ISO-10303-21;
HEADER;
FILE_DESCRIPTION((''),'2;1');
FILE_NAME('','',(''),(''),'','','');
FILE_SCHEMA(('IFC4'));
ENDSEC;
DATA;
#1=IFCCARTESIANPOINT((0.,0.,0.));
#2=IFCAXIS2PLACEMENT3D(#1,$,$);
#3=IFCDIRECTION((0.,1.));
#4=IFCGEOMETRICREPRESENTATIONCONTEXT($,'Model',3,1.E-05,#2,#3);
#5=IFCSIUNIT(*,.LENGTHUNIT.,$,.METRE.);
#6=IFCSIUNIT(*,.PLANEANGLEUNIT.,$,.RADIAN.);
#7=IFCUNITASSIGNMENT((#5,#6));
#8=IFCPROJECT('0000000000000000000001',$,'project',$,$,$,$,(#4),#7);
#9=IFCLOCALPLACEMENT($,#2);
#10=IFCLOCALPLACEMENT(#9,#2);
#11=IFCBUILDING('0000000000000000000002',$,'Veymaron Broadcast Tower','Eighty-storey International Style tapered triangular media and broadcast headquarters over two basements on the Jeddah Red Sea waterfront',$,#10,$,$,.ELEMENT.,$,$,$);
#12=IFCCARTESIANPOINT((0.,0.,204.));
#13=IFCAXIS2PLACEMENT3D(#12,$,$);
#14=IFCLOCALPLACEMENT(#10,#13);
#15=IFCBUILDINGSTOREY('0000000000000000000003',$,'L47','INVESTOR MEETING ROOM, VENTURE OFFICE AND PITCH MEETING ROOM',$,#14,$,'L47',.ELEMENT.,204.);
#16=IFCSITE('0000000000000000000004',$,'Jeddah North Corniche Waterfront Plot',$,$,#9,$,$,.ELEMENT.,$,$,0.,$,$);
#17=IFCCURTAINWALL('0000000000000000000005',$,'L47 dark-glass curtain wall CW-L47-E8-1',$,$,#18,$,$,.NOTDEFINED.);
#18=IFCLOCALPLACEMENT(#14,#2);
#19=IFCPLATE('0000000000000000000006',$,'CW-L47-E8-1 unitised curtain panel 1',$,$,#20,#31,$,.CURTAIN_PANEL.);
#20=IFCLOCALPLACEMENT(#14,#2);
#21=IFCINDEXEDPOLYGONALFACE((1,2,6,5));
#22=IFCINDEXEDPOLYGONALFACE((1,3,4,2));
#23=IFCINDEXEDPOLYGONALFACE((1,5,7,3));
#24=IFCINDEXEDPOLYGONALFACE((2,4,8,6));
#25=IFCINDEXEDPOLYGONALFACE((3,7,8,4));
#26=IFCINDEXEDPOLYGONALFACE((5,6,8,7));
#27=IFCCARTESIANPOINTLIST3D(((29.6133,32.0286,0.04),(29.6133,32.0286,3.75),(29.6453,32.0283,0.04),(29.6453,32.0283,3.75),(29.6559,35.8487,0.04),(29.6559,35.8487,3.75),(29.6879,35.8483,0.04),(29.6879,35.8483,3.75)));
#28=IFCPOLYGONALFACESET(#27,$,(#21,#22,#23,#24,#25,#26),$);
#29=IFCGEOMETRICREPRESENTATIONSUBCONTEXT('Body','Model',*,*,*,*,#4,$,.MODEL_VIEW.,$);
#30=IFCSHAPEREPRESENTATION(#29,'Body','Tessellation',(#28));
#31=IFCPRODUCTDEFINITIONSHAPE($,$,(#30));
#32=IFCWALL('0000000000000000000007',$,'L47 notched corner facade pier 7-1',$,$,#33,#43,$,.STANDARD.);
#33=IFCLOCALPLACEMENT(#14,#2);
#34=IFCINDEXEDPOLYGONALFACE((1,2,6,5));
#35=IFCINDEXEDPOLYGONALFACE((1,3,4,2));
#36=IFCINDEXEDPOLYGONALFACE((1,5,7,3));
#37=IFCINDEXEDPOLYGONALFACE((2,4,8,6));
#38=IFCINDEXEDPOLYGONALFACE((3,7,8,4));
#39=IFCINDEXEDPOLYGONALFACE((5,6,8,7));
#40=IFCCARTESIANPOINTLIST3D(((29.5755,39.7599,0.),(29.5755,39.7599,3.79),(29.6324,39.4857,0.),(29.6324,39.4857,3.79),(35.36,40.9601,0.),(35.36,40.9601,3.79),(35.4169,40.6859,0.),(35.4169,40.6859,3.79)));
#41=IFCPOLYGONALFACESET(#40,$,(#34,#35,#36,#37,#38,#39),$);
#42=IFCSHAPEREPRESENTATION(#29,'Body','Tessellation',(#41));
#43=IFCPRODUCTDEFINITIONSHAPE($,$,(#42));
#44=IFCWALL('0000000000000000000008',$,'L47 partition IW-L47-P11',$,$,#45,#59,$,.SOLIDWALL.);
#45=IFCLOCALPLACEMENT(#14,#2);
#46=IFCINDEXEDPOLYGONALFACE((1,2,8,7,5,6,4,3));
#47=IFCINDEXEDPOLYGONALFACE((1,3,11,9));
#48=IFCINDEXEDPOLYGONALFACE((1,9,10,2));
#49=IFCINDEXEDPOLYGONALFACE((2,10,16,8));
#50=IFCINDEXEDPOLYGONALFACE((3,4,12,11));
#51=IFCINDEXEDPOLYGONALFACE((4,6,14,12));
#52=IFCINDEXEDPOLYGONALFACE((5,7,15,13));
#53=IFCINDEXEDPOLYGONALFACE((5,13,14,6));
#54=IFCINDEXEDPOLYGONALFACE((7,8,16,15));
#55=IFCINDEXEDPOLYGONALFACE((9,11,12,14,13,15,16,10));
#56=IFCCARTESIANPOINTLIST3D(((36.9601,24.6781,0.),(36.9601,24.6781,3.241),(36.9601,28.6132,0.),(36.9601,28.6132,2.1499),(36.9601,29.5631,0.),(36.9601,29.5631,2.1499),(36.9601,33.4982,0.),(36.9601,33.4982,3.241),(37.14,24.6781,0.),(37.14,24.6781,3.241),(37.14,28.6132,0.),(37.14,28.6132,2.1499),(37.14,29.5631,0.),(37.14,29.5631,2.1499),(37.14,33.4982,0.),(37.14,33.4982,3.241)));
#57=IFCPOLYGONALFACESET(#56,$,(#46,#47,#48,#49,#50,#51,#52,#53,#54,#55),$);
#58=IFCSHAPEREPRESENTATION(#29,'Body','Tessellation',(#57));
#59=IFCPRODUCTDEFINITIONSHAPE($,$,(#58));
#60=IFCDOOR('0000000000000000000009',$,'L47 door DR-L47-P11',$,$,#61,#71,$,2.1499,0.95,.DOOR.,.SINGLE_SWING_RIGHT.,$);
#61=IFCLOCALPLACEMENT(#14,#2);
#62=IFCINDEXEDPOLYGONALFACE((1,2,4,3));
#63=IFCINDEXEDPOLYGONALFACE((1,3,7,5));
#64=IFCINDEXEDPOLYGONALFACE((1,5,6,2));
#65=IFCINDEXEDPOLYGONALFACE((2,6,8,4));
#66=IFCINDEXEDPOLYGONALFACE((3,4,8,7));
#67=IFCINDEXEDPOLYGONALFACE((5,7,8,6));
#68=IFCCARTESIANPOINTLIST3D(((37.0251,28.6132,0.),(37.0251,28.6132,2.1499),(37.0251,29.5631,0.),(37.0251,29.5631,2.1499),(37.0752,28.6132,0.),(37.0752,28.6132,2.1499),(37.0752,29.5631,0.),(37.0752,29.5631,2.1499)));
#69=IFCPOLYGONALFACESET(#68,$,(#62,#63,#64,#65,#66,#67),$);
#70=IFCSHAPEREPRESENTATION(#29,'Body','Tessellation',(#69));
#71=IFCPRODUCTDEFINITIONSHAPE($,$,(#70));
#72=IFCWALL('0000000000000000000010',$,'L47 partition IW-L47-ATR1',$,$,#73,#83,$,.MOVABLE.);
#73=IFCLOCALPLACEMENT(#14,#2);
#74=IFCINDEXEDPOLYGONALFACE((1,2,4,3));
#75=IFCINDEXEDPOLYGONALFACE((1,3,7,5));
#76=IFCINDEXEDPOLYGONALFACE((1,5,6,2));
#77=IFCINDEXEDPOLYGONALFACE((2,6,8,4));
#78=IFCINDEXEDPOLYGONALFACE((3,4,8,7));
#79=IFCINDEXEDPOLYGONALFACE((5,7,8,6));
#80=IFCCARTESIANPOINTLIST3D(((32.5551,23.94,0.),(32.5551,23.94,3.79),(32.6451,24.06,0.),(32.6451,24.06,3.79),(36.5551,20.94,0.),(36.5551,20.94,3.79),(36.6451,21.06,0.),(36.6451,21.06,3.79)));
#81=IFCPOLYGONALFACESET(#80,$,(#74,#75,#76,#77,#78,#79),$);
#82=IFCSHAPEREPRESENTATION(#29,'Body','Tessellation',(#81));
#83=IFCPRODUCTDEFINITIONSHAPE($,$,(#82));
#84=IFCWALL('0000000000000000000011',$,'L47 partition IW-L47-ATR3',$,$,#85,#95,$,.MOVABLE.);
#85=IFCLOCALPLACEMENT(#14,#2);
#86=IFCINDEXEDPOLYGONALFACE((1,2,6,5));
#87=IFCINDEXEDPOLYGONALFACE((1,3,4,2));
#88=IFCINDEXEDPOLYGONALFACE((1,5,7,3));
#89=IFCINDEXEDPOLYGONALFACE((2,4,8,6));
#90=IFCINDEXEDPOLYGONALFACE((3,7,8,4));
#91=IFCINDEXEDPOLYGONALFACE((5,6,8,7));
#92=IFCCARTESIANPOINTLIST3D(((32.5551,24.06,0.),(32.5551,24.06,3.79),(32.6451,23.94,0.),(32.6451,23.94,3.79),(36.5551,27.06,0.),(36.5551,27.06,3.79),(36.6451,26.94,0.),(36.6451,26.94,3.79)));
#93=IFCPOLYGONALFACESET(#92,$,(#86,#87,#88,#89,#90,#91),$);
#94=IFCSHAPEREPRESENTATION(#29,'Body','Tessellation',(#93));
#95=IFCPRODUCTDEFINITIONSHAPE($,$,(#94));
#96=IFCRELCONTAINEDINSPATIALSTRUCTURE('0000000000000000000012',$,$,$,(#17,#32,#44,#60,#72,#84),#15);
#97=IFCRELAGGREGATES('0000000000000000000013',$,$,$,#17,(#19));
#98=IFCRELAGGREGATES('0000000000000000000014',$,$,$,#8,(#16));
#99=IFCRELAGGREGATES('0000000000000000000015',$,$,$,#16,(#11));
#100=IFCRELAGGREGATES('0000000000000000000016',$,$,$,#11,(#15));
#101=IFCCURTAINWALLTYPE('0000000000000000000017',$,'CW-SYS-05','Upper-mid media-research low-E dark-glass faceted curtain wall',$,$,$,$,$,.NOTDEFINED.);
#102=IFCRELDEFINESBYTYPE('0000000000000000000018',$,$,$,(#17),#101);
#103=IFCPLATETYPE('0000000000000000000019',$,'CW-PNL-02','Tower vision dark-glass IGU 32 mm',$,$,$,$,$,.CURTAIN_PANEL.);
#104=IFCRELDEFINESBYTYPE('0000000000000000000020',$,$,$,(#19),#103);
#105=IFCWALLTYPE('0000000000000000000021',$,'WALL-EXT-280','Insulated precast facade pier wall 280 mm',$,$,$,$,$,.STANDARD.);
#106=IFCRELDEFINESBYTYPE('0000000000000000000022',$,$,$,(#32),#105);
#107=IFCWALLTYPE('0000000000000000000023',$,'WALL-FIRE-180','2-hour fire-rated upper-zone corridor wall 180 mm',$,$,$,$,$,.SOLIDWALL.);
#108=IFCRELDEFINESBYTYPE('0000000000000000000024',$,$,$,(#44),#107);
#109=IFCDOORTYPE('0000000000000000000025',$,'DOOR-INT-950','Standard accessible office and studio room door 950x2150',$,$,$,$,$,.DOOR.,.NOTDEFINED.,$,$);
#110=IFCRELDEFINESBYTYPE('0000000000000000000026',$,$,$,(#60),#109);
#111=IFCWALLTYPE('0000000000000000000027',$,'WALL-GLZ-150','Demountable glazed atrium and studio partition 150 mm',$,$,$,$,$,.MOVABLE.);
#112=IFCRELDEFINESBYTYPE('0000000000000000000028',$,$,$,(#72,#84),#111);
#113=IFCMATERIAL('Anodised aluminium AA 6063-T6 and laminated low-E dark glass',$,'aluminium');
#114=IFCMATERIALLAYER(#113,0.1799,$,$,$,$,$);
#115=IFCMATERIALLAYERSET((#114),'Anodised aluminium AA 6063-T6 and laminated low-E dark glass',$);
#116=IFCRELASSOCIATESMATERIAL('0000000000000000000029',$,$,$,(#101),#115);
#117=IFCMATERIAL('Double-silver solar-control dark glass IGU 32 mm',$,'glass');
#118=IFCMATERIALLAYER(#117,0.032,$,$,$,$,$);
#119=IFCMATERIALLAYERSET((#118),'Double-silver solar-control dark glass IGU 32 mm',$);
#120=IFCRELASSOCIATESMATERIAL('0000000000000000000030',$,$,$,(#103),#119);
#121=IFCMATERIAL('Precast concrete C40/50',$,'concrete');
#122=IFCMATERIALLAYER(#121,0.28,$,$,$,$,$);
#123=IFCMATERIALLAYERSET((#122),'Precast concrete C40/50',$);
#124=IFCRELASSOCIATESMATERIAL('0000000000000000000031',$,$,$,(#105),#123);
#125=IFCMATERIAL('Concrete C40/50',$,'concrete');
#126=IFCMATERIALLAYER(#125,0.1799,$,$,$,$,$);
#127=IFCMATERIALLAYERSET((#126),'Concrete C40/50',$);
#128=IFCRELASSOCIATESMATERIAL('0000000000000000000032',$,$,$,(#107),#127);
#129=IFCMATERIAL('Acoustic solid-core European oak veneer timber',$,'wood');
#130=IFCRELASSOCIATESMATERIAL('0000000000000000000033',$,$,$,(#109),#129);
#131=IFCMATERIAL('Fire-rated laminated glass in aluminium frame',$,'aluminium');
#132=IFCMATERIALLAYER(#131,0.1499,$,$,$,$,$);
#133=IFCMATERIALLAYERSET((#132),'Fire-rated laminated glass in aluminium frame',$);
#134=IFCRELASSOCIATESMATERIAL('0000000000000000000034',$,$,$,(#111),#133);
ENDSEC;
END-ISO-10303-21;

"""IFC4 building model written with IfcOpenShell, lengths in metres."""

from ifc_helpers import new_model, si_unit, direction, frame, frame_2d, origin, origin_2d, place, context, subcontext, project, spatial, rectangle, extrude, material, layer, layer_set, type_object, element, fill, aggregate, save


model = new_model("IFC4")

# Units and contexts
model_context = context("Model", 3, precision=1e-05, world=origin(), true_north=direction((0.0, 1.0)))
body_context = subcontext(model_context, "Body", "Model", "MODEL_VIEW")
ifc_project = project(units=[si_unit("LENGTHUNIT", "METRE"), si_unit("PLANEANGLEUNIT", "RADIAN")], contexts=[model_context])

# Site, building, storey
site_placement = place(None, origin())
site = spatial("IfcSite", under=ifc_project, at=site_placement, Name="Jeddah North Corniche Waterfront Plot", CompositionType="ELEMENT", RefElevation=0.0)
building_placement = place(site_placement, origin())
building = spatial("IfcBuilding", under=site, at=building_placement, Name="Veymaron Broadcast Tower", Description="Eighty-storey International Style tapered triangular media and broadcast headquarters over two basements on the Jeddah Red Sea waterfront", CompositionType="ELEMENT")
storey_placement = place(building_placement, frame((0.0, 0.0, 204.0)))
storey = spatial("IfcBuildingStorey", under=building, at=storey_placement, Name="L47", Description="INVESTOR MEETING ROOM, VENTURE OFFICE AND PITCH MEETING ROOM", LongName="L47", CompositionType="ELEMENT", Elevation=204.0)

# Curtain wall, plate
ifc_material_1 = material(Name="Anodised aluminium AA 6063-T6 and laminated low-E dark glass", Category="aluminium")
ifc_layer_1 = layer(ifc_material_1, 0.1799)
ifc_layer_set_1 = layer_set([ifc_layer_1], Name="Anodised aluminium AA 6063-T6 and laminated low-E dark glass")
curtain_wall_type = type_object("IfcCurtainWallType", Name="CW-SYS-05", Description="Upper-mid media-research low-E dark-glass faceted curtain wall", PredefinedType="NOTDEFINED", material=ifc_layer_set_1)
curtain_wall_placement = place(storey_placement, origin())
curtain_wall = element("IfcCurtainWall", 1, at=curtain_wall_placement, inside=storey, type_object=curtain_wall_type, Name="L47 dark-glass curtain wall CW-L47-E8-1", PredefinedType="NOTDEFINED")
ifc_material_2 = material(Name="Double-silver solar-control dark glass IGU 32 mm", Category="glass")
ifc_layer_2 = layer(ifc_material_2, 0.032)
ifc_layer_set_2 = layer_set([ifc_layer_2], Name="Double-silver solar-control dark glass IGU 32 mm")
plate_type = type_object("IfcPlateType", Name="CW-PNL-02", Description="Tower vision dark-glass IGU 32 mm", PredefinedType="CURTAIN_PANEL", material=ifc_layer_set_2)
plate_1_placement = place(storey_placement, frame((29.6506, 33.9385, 0.04), z_axis=(0.0, 0.0, 1.0), x_axis=(-0.011152, -0.999938, 0.0)))
plate_1 = element("IfcPlate", 2, at=plate_1_placement, type_object=plate_type, Name="CW-L47-E8-1 unitised curtain panel 1", PredefinedType="CURTAIN_PANEL", context=body_context, shape_type="SweptSolid", body=[
    extrude(rectangle(XDim=3.8203, YDim=0.032, at=origin_2d()), origin(), (0.0, 0.0, 1.0), 3.71),
])
aggregate(curtain_wall, [plate_1])

# Wall
ifc_material_3 = material(Name="Precast concrete C40/50", Category="concrete")
ifc_layer_3 = layer(ifc_material_3, 0.28)
ifc_layer_set_3 = layer_set([ifc_layer_3], Name="Precast concrete C40/50")
wall_type_1 = type_object("IfcWallType", Name="WALL-EXT-280", Description="Insulated precast facade pier wall 280 mm", PredefinedType="STANDARD", material=ifc_layer_set_3)
wall_1_placement = place(storey_placement, frame((35.3884, 40.823, 0.0), z_axis=(0.0, 0.0, 1.0), x_axis=(-0.979145, -0.20316, 0.0)))
element("IfcWall", 3, at=wall_1_placement, inside=storey, type_object=wall_type_1, Name="L47 notched corner facade pier 7-1", PredefinedType="STANDARD", context=body_context, shape_type="SweptSolid", body=[
    extrude(rectangle(XDim=5.9077, YDim=0.28, at=frame_2d((2.9539, 0.0))), origin(), (0.0, 0.0, 1.0), 3.79),
])

# Wall, opening, door
ifc_material_4 = material(Name="Concrete C40/50", Category="concrete")
ifc_layer_4 = layer(ifc_material_4, 0.1799)
ifc_layer_set_4 = layer_set([ifc_layer_4], Name="Concrete C40/50")
wall_type_2 = type_object("IfcWallType", Name="WALL-FIRE-180", Description="2-hour fire-rated upper-zone corridor wall 180 mm", PredefinedType="SOLIDWALL", material=ifc_layer_set_4)
wall_2_placement = place(storey_placement, frame((37.05, 24.678, 0.0), z_axis=(0.0, 0.0, 1.0), x_axis=(0.0, 1.0, 0.0)))
wall_2 = element("IfcWall", 4, at=wall_2_placement, inside=storey, type_object=wall_type_2, Name="L47 partition IW-L47-P11", PredefinedType="SOLIDWALL", context=body_context, shape_type="SweptSolid", body=[
    extrude(rectangle(XDim=8.8201, YDim=0.1799, at=frame_2d((4.4102, 0.0))), origin(), (0.0, 0.0, 1.0), 3.241),
])
opening_1_placement = place(wall_2_placement, frame((3.9351, 0.0, 0.0)))
opening_1 = element("IfcOpeningElement", 5, at=opening_1_placement, cuts=wall_2, PredefinedType="OPENING", context=body_context, shape_type="SweptSolid", body=[
    extrude(rectangle(XDim=0.95, YDim=2.1499, at=frame_2d((0.4751, 1.075))), frame((0.0, 0.1001, 0.0), z_axis=(0.0, -1.0, 0.0), x_axis=(1.0, 0.0, 0.0)), (0.0, 0.0, 1.0), 0.2),
])
ifc_material_5 = material(Name="Acoustic solid-core European oak veneer timber", Category="wood")
door_type = type_object("IfcDoorType", Name="DOOR-INT-950", Description="Standard accessible office and studio room door 950x2150", OperationType="NOTDEFINED", PredefinedType="DOOR", material=ifc_material_5)
door_1_placement = place(opening_1_placement, origin())
door_1 = element("IfcDoor", 6, at=door_1_placement, inside=storey, type_object=door_type, Name="L47 door DR-L47-P11", OperationType="SINGLE_SWING_RIGHT", OverallHeight=2.1499, OverallWidth=0.95, PredefinedType="DOOR", context=body_context, shape_type="SweptSolid", body=[
    extrude(rectangle(XDim=0.95, YDim=2.1499, at=frame_2d((0.4751, 1.075))), frame((0.0, 0.0249, 0.0), z_axis=(0.0, -1.0, 0.0), x_axis=(1.0, 0.0, 0.0)), (0.0, 0.0, 1.0), 0.05),
])
fill(opening_1, door_1)

# Walls
ifc_material_6 = material(Name="Fire-rated laminated glass in aluminium frame", Category="aluminium")
ifc_layer_5 = layer(ifc_material_6, 0.1499)
ifc_layer_set_5 = layer_set([ifc_layer_5], Name="Fire-rated laminated glass in aluminium frame")
wall_type_3 = type_object("IfcWallType", Name="WALL-GLZ-150", Description="Demountable glazed atrium and studio partition 150 mm", PredefinedType="MOVABLE", material=ifc_layer_set_5)
for number, where, z_axis, x_axis, name in (
    (7, (32.6001, 24.0, 0.0), (0.0, 0.0, 1.0), (0.8, -0.6, 0.0), "L47 partition IW-L47-ATR1"),
    (8, (36.6001, 27.0, 0.0), (0.0, 0.0, 1.0), (-0.8, -0.6, 0.0), "L47 partition IW-L47-ATR3"),
):
    element("IfcWall", number, at=place(storey_placement, frame(where, z_axis=z_axis, x_axis=x_axis)), inside=storey, type_object=wall_type_3, Name=name, PredefinedType="MOVABLE", context=body_context, shape_type="SweptSolid", body=[
        extrude(rectangle(XDim=5.0, YDim=0.1499, at=frame_2d((2.5, 0.0))), origin(), (0.0, 0.0, 1.0), 3.79),
    ])

save(model, "model.ifc")
